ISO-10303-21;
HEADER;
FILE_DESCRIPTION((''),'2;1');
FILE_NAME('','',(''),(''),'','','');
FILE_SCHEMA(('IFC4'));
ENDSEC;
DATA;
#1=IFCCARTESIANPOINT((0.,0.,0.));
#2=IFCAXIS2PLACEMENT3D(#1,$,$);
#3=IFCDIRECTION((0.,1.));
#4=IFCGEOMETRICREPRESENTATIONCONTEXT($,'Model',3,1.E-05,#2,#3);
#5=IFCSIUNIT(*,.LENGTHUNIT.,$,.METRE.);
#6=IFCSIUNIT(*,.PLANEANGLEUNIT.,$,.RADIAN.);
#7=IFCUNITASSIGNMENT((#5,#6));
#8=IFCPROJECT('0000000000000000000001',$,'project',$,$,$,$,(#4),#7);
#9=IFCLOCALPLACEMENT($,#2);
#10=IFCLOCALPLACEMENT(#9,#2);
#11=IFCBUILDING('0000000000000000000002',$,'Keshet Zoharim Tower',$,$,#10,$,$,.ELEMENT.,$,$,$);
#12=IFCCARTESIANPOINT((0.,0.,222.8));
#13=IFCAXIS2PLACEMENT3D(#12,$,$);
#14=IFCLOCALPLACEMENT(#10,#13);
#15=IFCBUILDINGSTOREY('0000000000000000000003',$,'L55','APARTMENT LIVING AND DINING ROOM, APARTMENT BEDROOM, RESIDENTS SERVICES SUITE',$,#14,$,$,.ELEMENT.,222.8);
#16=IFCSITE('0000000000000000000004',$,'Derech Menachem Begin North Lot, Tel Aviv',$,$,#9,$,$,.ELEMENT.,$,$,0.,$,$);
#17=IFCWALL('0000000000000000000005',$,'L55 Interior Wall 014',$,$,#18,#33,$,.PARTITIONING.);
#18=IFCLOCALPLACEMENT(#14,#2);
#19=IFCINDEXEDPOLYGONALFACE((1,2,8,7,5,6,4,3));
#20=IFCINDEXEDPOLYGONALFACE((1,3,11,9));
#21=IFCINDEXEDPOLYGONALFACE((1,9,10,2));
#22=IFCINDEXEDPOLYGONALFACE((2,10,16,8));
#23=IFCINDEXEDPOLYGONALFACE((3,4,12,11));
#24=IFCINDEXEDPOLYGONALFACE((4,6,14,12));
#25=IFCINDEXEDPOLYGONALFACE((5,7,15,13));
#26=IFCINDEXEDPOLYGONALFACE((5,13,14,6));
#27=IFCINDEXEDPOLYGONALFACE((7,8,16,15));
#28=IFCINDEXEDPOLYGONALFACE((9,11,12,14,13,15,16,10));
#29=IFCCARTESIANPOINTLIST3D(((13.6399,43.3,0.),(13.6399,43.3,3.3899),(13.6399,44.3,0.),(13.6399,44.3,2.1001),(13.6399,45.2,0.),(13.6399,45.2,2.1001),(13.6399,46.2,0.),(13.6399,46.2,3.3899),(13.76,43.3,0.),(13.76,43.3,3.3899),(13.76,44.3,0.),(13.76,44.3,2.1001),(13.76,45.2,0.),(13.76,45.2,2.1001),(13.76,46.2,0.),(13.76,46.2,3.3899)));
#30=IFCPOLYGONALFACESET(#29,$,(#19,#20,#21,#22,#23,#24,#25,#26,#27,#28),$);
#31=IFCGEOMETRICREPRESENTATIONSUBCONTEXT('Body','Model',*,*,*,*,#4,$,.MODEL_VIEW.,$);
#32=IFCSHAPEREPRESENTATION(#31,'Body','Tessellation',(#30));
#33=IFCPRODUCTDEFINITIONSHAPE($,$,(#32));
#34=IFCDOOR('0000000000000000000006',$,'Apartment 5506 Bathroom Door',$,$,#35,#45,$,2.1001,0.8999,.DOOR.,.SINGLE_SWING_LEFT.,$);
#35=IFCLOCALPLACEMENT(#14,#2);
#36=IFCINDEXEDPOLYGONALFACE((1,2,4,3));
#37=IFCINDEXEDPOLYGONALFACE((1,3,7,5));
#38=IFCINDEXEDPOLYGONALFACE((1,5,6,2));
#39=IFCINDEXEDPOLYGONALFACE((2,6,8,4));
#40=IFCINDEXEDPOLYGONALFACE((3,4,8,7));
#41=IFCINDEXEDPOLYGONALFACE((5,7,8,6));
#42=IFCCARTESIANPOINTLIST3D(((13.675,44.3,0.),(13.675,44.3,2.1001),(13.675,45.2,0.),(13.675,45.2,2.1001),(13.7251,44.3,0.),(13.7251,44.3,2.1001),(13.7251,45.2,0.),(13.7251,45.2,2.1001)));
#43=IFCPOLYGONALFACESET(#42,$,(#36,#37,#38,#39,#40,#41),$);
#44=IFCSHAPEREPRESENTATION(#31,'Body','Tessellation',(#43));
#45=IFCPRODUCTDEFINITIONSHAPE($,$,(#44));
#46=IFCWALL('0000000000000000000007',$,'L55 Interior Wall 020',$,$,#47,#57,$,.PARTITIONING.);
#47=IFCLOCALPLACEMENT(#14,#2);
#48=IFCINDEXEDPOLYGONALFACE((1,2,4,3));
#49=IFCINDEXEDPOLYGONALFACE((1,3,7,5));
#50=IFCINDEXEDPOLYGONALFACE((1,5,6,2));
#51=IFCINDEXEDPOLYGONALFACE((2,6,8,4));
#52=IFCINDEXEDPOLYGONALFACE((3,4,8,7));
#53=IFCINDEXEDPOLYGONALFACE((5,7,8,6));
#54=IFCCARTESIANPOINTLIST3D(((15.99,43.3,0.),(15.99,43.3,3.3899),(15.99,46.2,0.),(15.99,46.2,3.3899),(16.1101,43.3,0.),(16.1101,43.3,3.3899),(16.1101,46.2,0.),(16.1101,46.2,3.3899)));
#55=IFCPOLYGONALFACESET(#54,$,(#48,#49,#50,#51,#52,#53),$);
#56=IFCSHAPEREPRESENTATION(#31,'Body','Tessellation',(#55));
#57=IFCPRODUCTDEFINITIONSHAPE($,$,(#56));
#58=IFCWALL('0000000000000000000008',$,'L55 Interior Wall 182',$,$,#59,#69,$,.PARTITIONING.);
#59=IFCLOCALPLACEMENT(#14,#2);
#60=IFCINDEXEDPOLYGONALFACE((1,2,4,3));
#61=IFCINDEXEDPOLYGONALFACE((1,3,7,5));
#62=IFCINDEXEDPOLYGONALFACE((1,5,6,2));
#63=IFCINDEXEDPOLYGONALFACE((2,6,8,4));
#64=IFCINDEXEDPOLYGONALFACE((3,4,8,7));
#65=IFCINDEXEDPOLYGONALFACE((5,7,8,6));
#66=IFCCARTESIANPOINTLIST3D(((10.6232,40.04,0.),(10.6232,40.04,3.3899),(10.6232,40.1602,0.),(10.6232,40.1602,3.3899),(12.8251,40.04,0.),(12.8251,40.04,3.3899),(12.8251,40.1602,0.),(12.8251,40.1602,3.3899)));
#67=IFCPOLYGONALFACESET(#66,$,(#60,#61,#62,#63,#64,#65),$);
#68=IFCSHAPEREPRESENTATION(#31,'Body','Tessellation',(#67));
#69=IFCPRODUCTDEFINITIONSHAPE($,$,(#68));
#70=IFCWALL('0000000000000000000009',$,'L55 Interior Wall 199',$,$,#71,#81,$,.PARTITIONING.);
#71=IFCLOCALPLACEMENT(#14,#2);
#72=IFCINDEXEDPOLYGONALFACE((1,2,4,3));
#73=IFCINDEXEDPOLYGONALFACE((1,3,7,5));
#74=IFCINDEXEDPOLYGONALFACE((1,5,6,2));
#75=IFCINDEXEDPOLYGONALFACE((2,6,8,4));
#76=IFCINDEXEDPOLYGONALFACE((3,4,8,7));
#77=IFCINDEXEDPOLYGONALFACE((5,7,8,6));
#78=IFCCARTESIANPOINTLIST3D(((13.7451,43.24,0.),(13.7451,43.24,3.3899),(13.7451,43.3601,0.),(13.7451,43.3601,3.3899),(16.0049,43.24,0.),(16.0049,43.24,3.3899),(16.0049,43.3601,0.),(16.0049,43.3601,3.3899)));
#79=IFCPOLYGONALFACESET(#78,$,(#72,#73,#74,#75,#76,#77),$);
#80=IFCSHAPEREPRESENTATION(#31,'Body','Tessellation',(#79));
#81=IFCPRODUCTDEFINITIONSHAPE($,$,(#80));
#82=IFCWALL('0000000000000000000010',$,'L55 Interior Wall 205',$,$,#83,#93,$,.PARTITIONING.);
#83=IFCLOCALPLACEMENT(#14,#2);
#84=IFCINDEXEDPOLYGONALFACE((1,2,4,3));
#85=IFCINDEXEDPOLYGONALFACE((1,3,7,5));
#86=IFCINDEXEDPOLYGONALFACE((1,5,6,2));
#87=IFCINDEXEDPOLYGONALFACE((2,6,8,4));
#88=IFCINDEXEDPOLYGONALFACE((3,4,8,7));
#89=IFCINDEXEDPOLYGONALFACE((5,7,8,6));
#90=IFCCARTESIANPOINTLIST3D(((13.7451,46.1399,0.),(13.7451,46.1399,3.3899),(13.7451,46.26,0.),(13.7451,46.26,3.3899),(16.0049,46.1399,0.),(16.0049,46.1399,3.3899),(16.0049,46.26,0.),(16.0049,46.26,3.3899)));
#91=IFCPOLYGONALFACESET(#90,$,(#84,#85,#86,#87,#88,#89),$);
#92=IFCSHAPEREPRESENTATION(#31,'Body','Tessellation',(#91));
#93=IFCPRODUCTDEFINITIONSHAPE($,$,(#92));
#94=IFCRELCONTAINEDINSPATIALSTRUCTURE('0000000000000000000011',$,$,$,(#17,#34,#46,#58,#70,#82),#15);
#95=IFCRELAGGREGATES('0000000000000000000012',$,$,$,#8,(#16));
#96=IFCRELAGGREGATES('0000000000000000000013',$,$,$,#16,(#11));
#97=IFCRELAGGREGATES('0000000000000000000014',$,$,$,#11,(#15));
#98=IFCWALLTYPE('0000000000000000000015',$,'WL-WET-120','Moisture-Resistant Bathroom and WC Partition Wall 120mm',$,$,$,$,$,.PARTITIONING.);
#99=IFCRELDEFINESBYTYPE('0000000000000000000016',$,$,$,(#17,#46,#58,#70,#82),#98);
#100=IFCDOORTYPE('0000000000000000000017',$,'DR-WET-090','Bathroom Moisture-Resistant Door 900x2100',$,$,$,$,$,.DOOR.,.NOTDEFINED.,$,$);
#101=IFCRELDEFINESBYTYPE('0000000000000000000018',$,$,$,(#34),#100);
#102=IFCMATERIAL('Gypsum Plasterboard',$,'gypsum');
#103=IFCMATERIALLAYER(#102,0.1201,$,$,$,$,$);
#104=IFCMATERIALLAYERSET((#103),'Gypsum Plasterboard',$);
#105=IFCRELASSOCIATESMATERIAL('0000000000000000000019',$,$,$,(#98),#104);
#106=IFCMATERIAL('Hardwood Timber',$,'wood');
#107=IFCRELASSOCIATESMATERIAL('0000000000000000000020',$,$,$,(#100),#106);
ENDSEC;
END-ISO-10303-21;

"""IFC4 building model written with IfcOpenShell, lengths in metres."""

from ifc_helpers import new_model, si_unit, direction, frame, frame_2d, origin, place, context, subcontext, project, spatial, rectangle, extrude, material, layer, layer_set, type_object, element, fill, save


model = new_model("IFC4")

# Units and contexts
model_context = context("Model", 3, precision=1e-05, world=origin(), true_north=direction((0.0, 1.0)))
body_context = subcontext(model_context, "Body", "Model", "MODEL_VIEW")
ifc_project = project(units=[si_unit("LENGTHUNIT", "METRE"), si_unit("PLANEANGLEUNIT", "RADIAN")], contexts=[model_context])

# Site, building, storey
site_placement = place(None, origin())
site = spatial("IfcSite", under=ifc_project, at=site_placement, Name="Derech Menachem Begin North Lot, Tel Aviv", CompositionType="ELEMENT", RefElevation=0.0)
building_placement = place(site_placement, origin())
building = spatial("IfcBuilding", under=site, at=building_placement, Name="Keshet Zoharim Tower", CompositionType="ELEMENT")
storey_placement = place(building_placement, frame((0.0, 0.0, 222.8)))
storey = spatial("IfcBuildingStorey", under=building, at=storey_placement, Name="L55", Description="APARTMENT LIVING AND DINING ROOM, APARTMENT BEDROOM, RESIDENTS SERVICES SUITE", CompositionType="ELEMENT", Elevation=222.8)

# Shared definitions
ifc_material_1 = material(Name="Gypsum Plasterboard", Category="gypsum")

# Shared definitions
ifc_material_2 = material(Name="Hardwood Timber", Category="wood")

# Wall, opening, door
ifc_layer_1 = layer(ifc_material_1, 0.1201)
ifc_layer_set_1 = layer_set([ifc_layer_1], Name="Gypsum Plasterboard")
wall_type_1 = type_object("IfcWallType", Name="WL-WET-120", Description="Moisture-Resistant Bathroom and WC Partition Wall 120mm", PredefinedType="PARTITIONING", material=ifc_layer_set_1)
wall_1_placement = place(storey_placement, frame((13.7, 43.3, 0.0), z_axis=(0.0, 0.0, 1.0), x_axis=(0.0, 1.0, 0.0)))
wall_1 = element("IfcWall", 1, at=wall_1_placement, inside=storey, type_object=wall_type_1, Name="L55 Interior Wall 014", PredefinedType="PARTITIONING", context=body_context, shape_type="SweptSolid", body=[
    extrude(rectangle(XDim=2.8999, YDim=0.1201, at=frame_2d((1.45, 0.0))), origin(), (0.0, 0.0, 1.0), 3.3899),
])
opening_1_placement = place(wall_1_placement, frame((1.0, 0.0, 0.0)))
opening_1 = element("IfcOpeningElement", 2, at=opening_1_placement, cuts=wall_1, PredefinedType="OPENING", context=body_context, shape_type="SweptSolid", body=[
    extrude(rectangle(XDim=0.8999, YDim=2.1001, at=frame_2d((0.45, 1.05))), frame((0.0, 0.0701, 0.0), z_axis=(0.0, -1.0, 0.0), x_axis=(1.0, 0.0, 0.0)), (0.0, 0.0, 1.0), 0.1401),
])
door_type_1 = type_object("IfcDoorType", Name="DR-WET-090", Description="Bathroom Moisture-Resistant Door 900x2100", OperationType="NOTDEFINED", PredefinedType="DOOR", material=ifc_material_2)
door_1_placement = place(opening_1_placement, origin())
door_1 = element("IfcDoor", 3, at=door_1_placement, inside=storey, type_object=door_type_1, Name="Apartment 5506 Bathroom Door", OperationType="SINGLE_SWING_LEFT", OverallHeight=2.1001, OverallWidth=0.8999, PredefinedType="DOOR", context=body_context, shape_type="SweptSolid", body=[
    extrude(rectangle(XDim=0.8999, YDim=2.1001, at=frame_2d((0.45, 1.05))), frame((0.0, 0.0249, 0.0), z_axis=(0.0, -1.0, 0.0), x_axis=(1.0, 0.0, 0.0)), (0.0, 0.0, 1.0), 0.05),
])
fill(opening_1, door_1)

# Walls
wall_2_placement = place(storey_placement, frame((16.05, 43.3, 0.0), z_axis=(0.0, 0.0, 1.0), x_axis=(0.0, 1.0, 0.0)))
element("IfcWall", 4, at=wall_2_placement, inside=storey, type_object=wall_type_1, Name="L55 Interior Wall 020", PredefinedType="PARTITIONING", context=body_context, shape_type="SweptSolid", body=[
    extrude(rectangle(XDim=2.8999, YDim=0.1201, at=frame_2d((1.45, 0.0))), origin(), (0.0, 0.0, 1.0), 3.3899),
])
wall_3_placement = place(storey_placement, frame((10.623, 40.1001, 0.0), z_axis=(0.0, 0.0, 1.0), x_axis=(1.0, 0.0, 0.0)))
element("IfcWall", 5, at=wall_3_placement, inside=storey, type_object=wall_type_1, Name="L55 Interior Wall 182", PredefinedType="PARTITIONING", context=body_context, shape_type="SweptSolid", body=[
    extrude(rectangle(XDim=2.2019, YDim=0.1201, at=frame_2d((1.1011, 0.0))), origin(), (0.0, 0.0, 1.0), 3.3899),
])
for number, where, z_axis, x_axis, name in (
    (6, (13.7451, 43.3, 0.0), (0.0, 0.0, 1.0), (1.0, 0.0, 0.0), "L55 Interior Wall 199"),
    (7, (13.7451, 46.2, 0.0), (0.0, 0.0, 1.0), (1.0, 0.0, 0.0), "L55 Interior Wall 205"),
):
    element("IfcWall", number, at=place(storey_placement, frame(where, z_axis=z_axis, x_axis=x_axis)), inside=storey, type_object=wall_type_1, Name=name, PredefinedType="PARTITIONING", context=body_context, shape_type="SweptSolid", body=[
        extrude(rectangle(XDim=2.2598, YDim=0.1201, at=frame_2d((1.1299, 0.0))), origin(), (0.0, 0.0, 1.0), 3.3899),
    ])

save(model, "model.ifc")
